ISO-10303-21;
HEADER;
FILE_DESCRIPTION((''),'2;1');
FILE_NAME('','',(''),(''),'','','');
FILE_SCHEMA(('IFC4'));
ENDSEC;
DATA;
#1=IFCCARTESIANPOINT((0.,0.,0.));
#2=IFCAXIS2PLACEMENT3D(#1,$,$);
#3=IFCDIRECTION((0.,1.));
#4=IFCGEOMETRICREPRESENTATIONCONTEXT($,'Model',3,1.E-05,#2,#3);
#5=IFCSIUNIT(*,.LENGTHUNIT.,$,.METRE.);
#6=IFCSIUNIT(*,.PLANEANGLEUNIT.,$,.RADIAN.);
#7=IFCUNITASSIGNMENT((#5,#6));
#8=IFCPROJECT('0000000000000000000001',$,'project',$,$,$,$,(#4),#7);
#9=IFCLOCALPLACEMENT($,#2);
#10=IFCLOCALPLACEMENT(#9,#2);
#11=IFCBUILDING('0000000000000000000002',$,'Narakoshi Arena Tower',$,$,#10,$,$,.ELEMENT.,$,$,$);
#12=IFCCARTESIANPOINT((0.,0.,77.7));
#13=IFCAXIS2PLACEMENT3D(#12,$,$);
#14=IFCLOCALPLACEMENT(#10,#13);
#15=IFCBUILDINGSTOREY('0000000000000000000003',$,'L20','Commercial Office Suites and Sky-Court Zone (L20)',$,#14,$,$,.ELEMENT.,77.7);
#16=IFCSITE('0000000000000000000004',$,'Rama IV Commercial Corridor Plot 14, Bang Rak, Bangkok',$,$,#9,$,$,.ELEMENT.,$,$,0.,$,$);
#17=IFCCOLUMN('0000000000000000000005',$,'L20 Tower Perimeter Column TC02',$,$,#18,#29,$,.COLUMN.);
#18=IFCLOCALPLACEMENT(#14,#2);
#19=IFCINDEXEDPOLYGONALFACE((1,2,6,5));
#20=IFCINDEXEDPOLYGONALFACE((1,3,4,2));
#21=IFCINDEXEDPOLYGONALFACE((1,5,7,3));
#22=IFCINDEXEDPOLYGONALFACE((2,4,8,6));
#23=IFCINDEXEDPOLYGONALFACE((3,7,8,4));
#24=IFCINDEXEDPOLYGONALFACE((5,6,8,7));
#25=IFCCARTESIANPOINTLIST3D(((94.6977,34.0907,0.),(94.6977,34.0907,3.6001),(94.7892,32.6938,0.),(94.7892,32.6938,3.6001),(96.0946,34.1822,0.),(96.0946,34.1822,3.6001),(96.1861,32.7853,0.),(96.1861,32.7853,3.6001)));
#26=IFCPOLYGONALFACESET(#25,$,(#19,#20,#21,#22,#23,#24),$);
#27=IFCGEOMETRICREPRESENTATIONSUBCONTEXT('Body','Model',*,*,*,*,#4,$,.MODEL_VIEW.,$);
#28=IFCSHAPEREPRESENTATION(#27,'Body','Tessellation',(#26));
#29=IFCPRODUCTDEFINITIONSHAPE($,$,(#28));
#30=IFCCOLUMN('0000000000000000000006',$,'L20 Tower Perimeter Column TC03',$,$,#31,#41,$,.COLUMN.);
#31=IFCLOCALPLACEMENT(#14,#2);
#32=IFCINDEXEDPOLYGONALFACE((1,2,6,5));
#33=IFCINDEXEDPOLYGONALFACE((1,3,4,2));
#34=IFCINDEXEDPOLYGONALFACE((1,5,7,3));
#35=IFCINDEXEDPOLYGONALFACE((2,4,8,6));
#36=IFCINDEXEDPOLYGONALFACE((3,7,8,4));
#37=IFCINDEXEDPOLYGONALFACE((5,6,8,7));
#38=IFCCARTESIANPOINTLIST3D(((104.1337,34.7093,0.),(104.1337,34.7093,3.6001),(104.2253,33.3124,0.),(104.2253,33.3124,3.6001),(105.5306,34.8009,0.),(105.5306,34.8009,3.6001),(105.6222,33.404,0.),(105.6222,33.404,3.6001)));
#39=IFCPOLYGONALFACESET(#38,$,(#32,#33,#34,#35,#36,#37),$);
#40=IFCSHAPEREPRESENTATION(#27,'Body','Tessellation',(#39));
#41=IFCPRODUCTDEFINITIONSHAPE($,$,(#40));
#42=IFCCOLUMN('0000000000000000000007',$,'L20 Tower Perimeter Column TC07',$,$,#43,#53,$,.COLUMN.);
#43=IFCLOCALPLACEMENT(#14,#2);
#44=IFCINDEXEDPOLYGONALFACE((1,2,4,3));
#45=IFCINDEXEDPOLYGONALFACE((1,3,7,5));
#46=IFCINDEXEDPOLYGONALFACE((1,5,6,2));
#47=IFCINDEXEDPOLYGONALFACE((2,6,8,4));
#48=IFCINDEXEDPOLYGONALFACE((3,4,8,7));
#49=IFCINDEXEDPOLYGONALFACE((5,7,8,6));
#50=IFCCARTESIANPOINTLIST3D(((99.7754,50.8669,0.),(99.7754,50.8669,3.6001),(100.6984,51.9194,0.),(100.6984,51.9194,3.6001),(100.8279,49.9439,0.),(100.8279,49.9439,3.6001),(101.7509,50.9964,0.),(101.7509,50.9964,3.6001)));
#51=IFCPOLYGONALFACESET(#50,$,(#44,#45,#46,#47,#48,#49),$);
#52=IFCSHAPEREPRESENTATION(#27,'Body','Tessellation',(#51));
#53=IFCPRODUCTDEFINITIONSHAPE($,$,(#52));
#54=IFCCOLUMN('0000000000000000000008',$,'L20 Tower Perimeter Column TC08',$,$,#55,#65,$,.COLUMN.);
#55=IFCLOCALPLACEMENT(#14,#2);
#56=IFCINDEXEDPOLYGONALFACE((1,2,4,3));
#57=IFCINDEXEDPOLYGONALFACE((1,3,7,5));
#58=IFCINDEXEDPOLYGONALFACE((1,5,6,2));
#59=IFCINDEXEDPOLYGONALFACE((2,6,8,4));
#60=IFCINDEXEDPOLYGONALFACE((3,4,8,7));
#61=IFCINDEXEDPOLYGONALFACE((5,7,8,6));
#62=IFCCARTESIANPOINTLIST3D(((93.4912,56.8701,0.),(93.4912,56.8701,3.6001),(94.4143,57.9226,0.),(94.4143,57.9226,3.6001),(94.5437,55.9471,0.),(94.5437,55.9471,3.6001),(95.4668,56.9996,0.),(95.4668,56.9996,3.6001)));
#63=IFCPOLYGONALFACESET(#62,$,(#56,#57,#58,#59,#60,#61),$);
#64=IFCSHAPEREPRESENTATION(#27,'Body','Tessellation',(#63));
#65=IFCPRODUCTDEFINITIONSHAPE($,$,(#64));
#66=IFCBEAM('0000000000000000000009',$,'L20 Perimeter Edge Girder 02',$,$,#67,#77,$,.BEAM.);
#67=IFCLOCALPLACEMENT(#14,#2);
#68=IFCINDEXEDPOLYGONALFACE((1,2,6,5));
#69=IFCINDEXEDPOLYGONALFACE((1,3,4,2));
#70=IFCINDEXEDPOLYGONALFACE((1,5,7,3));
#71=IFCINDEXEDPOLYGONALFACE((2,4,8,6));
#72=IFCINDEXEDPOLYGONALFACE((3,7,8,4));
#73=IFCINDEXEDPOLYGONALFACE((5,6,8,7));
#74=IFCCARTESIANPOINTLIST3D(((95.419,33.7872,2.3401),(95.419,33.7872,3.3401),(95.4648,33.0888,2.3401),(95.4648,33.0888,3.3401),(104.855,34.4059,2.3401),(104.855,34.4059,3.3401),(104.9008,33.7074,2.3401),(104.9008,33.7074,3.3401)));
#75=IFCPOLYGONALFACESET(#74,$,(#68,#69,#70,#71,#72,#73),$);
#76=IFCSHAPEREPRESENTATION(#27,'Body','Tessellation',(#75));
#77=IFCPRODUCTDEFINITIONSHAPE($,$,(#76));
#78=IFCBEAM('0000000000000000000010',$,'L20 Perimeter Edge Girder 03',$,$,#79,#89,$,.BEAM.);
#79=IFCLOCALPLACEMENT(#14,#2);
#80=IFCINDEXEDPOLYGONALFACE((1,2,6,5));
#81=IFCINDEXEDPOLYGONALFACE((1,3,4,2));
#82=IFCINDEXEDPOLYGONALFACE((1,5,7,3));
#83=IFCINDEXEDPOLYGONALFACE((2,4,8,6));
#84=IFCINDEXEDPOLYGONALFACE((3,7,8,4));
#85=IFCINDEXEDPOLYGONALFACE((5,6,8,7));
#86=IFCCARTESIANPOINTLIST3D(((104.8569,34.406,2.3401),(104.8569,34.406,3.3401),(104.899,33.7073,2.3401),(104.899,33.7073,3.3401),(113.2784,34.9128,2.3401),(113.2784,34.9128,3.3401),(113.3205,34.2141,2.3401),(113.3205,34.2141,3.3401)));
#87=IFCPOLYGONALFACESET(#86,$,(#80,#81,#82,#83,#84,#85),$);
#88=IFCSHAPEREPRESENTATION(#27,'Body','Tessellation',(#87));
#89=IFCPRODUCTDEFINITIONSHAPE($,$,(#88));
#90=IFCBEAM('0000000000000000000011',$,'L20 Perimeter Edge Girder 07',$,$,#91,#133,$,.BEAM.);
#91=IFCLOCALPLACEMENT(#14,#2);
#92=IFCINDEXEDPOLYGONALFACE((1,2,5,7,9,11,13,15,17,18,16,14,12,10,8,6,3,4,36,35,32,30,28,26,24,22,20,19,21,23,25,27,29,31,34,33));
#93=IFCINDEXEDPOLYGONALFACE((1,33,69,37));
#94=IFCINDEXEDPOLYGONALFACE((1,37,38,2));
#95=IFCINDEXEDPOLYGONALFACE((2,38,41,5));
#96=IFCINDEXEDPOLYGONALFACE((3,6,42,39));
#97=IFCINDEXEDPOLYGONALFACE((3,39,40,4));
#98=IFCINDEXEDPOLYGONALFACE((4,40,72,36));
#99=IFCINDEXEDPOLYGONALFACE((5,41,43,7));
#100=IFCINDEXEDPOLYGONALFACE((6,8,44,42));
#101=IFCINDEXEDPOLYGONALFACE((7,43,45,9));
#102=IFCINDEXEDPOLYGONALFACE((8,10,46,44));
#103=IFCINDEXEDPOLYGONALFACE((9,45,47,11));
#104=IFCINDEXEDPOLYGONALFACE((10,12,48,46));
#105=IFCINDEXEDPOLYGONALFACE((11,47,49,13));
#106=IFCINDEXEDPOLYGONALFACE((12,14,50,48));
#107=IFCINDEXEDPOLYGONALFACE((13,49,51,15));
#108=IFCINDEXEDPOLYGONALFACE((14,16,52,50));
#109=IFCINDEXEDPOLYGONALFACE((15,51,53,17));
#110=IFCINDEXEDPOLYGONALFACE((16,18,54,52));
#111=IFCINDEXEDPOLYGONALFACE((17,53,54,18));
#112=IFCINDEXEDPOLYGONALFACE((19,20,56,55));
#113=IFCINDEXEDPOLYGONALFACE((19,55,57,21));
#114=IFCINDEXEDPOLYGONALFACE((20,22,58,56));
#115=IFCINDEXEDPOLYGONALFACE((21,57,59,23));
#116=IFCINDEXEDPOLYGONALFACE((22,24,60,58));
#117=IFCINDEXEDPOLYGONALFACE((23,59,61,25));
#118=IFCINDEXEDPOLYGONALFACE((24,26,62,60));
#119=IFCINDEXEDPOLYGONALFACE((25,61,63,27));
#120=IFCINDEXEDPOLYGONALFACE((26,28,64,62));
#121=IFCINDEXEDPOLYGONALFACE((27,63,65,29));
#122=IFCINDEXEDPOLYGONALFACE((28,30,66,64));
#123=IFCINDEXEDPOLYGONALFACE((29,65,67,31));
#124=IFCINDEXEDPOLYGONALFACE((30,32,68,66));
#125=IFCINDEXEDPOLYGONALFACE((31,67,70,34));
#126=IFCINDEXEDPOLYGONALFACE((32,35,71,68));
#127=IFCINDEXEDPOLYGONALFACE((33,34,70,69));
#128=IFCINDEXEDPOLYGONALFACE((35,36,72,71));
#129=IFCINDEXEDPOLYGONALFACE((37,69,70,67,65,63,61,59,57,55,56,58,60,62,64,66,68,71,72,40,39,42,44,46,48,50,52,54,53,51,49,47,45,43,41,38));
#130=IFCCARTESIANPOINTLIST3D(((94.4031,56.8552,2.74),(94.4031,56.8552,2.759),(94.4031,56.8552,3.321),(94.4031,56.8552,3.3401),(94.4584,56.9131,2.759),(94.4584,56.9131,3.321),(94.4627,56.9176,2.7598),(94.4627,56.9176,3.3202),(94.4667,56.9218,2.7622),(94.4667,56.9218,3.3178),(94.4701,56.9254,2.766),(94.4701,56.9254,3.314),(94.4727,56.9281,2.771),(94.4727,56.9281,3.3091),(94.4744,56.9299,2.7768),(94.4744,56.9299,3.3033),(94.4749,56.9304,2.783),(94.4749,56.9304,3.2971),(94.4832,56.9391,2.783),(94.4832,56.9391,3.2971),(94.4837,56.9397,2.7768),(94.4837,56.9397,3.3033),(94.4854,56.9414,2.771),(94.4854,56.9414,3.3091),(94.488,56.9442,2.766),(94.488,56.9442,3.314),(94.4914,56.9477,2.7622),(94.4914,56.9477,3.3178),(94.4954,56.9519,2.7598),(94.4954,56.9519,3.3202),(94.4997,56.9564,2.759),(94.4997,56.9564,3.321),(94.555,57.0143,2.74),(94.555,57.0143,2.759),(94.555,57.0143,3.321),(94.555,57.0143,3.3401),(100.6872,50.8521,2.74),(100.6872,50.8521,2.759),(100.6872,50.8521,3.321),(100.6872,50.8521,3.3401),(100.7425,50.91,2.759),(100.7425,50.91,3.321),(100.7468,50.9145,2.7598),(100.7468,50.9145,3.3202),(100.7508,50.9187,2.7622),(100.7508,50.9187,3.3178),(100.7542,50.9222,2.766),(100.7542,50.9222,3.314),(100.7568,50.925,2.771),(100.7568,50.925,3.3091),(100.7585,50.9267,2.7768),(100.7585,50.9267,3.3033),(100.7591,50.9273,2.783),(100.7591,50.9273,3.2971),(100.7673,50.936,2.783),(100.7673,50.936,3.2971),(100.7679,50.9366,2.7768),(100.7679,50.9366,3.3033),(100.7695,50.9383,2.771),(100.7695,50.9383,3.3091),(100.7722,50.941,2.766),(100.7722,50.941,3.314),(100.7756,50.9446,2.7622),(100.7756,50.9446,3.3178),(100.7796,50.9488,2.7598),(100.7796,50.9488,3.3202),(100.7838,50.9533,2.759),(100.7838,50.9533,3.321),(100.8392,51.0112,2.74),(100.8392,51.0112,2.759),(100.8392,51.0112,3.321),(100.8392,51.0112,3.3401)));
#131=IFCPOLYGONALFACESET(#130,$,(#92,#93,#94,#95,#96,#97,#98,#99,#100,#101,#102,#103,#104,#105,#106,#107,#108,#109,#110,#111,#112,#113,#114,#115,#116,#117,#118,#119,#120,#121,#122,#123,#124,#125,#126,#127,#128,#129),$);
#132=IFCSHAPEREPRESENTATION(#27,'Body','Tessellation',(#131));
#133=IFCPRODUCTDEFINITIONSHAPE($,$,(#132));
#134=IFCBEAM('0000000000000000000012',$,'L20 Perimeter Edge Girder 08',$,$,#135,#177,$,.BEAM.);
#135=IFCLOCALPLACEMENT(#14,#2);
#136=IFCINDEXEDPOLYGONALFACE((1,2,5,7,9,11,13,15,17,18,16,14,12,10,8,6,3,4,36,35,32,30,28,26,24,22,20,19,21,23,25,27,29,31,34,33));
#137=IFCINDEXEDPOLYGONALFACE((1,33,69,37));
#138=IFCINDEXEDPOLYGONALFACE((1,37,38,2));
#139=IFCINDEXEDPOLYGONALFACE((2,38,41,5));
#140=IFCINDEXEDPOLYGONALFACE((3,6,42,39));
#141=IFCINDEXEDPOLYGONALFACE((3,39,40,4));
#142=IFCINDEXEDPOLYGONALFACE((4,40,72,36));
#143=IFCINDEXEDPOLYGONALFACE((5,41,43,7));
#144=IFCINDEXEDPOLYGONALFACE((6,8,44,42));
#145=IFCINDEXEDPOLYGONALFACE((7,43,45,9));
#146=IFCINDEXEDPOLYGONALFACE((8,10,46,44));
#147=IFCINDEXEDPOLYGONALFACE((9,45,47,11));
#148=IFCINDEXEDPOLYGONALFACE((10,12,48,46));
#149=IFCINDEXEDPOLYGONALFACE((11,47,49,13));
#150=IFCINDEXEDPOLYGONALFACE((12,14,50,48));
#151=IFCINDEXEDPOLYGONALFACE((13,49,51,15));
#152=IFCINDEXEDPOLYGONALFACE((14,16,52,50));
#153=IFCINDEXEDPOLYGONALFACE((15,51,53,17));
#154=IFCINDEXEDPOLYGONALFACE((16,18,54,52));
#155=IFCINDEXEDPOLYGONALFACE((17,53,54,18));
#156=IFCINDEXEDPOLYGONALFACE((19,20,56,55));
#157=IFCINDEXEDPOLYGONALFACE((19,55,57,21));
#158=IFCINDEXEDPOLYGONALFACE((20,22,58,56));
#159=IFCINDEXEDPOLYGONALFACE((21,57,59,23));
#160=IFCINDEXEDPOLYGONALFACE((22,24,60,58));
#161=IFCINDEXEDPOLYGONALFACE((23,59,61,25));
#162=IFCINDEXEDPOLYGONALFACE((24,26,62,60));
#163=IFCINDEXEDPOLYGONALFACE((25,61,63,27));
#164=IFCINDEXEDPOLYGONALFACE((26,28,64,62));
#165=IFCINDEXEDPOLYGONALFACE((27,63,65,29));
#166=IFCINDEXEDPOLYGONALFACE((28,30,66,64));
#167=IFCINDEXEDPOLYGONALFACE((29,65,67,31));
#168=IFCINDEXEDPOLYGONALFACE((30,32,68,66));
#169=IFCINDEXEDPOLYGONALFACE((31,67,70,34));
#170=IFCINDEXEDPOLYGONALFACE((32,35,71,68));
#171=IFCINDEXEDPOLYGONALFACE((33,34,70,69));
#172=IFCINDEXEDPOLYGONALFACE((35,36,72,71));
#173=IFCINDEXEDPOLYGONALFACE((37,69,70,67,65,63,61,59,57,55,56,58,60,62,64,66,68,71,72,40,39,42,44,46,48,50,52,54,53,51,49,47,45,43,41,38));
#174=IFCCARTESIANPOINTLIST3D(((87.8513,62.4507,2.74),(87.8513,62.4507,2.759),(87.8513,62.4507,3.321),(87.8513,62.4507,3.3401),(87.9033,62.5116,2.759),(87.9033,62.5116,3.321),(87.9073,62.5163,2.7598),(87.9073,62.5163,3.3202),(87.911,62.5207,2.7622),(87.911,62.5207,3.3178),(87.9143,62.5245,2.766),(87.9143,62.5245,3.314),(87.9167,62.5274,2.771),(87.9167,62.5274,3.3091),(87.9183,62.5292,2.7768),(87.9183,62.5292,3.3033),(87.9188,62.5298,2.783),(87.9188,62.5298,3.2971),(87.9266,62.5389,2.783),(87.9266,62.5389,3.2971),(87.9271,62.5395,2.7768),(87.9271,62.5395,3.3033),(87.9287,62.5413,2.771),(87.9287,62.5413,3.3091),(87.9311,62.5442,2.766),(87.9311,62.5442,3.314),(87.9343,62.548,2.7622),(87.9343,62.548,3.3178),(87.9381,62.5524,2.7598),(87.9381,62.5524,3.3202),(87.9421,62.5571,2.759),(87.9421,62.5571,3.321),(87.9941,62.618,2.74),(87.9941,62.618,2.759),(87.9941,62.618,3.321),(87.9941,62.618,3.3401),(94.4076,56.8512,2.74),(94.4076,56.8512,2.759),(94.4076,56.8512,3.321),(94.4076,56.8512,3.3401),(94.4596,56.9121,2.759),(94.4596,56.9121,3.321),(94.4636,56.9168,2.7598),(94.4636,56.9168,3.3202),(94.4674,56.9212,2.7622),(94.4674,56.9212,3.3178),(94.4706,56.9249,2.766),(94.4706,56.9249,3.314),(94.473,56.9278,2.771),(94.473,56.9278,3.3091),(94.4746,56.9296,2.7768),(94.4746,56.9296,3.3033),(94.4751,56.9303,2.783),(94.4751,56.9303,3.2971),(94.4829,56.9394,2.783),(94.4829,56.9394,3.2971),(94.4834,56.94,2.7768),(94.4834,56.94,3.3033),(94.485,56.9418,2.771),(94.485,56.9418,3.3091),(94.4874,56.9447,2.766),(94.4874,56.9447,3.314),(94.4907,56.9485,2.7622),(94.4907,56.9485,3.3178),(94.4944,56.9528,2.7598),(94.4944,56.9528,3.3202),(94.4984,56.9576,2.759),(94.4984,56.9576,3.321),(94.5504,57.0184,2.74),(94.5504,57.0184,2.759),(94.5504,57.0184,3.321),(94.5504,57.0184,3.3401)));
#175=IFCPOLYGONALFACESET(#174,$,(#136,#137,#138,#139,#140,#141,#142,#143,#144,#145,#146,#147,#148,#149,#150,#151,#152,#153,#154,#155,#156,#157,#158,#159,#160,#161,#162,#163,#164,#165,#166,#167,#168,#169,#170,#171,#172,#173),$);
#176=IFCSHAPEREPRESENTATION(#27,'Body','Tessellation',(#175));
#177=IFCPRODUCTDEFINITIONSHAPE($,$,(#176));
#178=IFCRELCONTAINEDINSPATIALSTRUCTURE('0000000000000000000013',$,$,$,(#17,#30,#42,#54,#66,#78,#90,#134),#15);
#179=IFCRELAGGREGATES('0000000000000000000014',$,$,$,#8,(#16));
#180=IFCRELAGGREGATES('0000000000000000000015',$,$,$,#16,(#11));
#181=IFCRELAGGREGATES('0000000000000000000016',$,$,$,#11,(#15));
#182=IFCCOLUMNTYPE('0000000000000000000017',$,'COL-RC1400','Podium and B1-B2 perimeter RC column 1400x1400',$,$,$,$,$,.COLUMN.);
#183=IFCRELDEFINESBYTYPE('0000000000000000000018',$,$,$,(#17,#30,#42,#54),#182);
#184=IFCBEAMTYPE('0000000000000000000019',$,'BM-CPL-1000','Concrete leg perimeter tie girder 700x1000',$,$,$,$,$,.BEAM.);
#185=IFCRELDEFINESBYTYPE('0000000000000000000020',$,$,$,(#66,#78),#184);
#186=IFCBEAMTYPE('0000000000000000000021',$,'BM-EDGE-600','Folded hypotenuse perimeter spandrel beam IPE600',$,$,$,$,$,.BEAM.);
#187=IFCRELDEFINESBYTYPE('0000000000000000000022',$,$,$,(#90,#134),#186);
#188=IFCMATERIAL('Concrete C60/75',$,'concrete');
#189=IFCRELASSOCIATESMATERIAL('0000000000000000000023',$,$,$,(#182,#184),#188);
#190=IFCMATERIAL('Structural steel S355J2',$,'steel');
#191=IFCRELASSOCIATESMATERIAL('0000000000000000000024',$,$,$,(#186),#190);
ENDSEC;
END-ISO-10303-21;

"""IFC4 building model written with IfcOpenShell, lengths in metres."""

from ifc_helpers import new_model, si_unit, direction, frame, origin, origin_2d, place, context, subcontext, project, spatial, rectangle, i_section, extrude, material, material_profile, profile_set, type_object, element, save


model = new_model("IFC4")

# Units and contexts
model_context = context("Model", 3, precision=1e-05, world=origin(), true_north=direction((0.0, 1.0)))
body_context = subcontext(model_context, "Body", "Model", "MODEL_VIEW")
ifc_project = project(units=[si_unit("LENGTHUNIT", "METRE"), si_unit("PLANEANGLEUNIT", "RADIAN")], contexts=[model_context])

# Site, building, storey
site_placement = place(None, origin())
site = spatial("IfcSite", under=ifc_project, at=site_placement, Name="Rama IV Commercial Corridor Plot 14, Bang Rak, Bangkok", CompositionType="ELEMENT", RefElevation=0.0)
building_placement = place(site_placement, origin())
building = spatial("IfcBuilding", under=site, at=building_placement, Name="Narakoshi Arena Tower", CompositionType="ELEMENT")
storey_placement = place(building_placement, frame((0.0, 0.0, 77.7)))
storey = spatial("IfcBuildingStorey", under=building, at=storey_placement, Name="L20", Description="Commercial Office Suites and Sky-Court Zone (L20)", CompositionType="ELEMENT", Elevation=77.7)

# Columns
ifc_material_1 = material(Name="Concrete C60/75", Category="concrete")
ifc_material_profile_1 = material_profile(ifc_material_1, rectangle(XDim=1.3999, YDim=1.3999, at=origin_2d()), Name="RC1400x1400")
ifc_profile_set_1 = profile_set([ifc_material_profile_1], Name="Concrete C60/75")
column_type = type_object("IfcColumnType", Name="COL-RC1400", Description="Podium and B1-B2 perimeter RC column 1400x1400", PredefinedType="COLUMN", material=ifc_profile_set_1)
for number, where, z_axis, x_axis, name in (
    (1, (95.4419, 33.438, 0.0), (0.0, 0.0, 1.0), (0.997859, 0.065403, 0.0), "L20 Tower Perimeter Column TC02"),
    (2, (104.8779, 34.0566, 0.0), (0.0, 0.0, 1.0), (0.997859, 0.065403, 0.0), "L20 Tower Perimeter Column TC03"),
    (3, (100.7632, 50.9316, 0.0), (0.0, 0.0, 1.0), (0.659346, 0.75184, 0.0), "L20 Tower Perimeter Column TC07"),
    (4, (94.479, 56.9348, 0.0), (0.0, 0.0, 1.0), (0.659346, 0.75184, 0.0), "L20 Tower Perimeter Column TC08"),
):
    element("IfcColumn", number, at=place(storey_placement, frame(where, z_axis=z_axis, x_axis=x_axis)), inside=storey, type_object=column_type, Name=name, PredefinedType="COLUMN", context=body_context, shape_type="SweptSolid", body=[
        extrude(rectangle(XDim=1.3999, YDim=1.3999, at=origin_2d()), origin(), (0.0, 0.0, 1.0), 3.6001),
    ])

# Beams
ifc_material_profile_2 = material_profile(ifc_material_1, rectangle(XDim=0.7, YDim=1.0, at=origin_2d()), Name="RCB700x1000")
ifc_profile_set_2 = profile_set([ifc_material_profile_2], Name="Concrete C60/75")
beam_type_1 = type_object("IfcBeamType", Name="BM-CPL-1000", Description="Concrete leg perimeter tie girder 700x1000", PredefinedType="BEAM", material=ifc_profile_set_2)
beam_1_placement = place(storey_placement, frame((95.4419, 33.438, 2.8401), z_axis=(0.997858, 0.065422, 0.0), x_axis=(-0.065422, 0.997858, 0.0)))
element("IfcBeam", 5, at=beam_1_placement, inside=storey, type_object=beam_type_1, Name="L20 Perimeter Edge Girder 02", PredefinedType="BEAM", context=body_context, shape_type="SweptSolid", body=[
    extrude(rectangle(XDim=0.7, YDim=1.0, at=origin_2d()), origin(), (0.0, 0.0, 1.0), 9.4563),
])
beam_2_placement = place(storey_placement, frame((104.8779, 34.0566, 2.8401), z_axis=(0.998194, 0.060074, 0.0), x_axis=(-0.060074, 0.998194, 0.0)))
element("IfcBeam", 6, at=beam_2_placement, inside=storey, type_object=beam_type_1, Name="L20 Perimeter Edge Girder 03", PredefinedType="BEAM", context=body_context, shape_type="SweptSolid", body=[
    extrude(rectangle(XDim=0.7, YDim=1.0, at=origin_2d()), origin(), (0.0, 0.0, 1.0), 8.4368),
])
ifc_material_2 = material(Name="Structural steel S355J2", Category="steel")
ifc_material_profile_3 = material_profile(ifc_material_2, i_section(OverallWidth=0.22, OverallDepth=0.6001, WebThickness=0.012, FlangeThickness=0.019, FilletRadius=0.0239, at=origin_2d()), Name="IPE600")
ifc_profile_set_3 = profile_set([ifc_material_profile_3], Name="Structural steel S355J2")
beam_type_2 = type_object("IfcBeamType", Name="BM-EDGE-600", Description="Folded hypotenuse perimeter spandrel beam IPE600", PredefinedType="BEAM", material=ifc_profile_set_3)
beam_3_placement = place(storey_placement, frame((100.7632, 50.9316, 3.04), z_axis=(-0.723089, 0.690755, 0.0), x_axis=(-0.690755, -0.723089, 0.0)))
element("IfcBeam", 7, at=beam_3_placement, inside=storey, type_object=beam_type_2, Name="L20 Perimeter Edge Girder 07", PredefinedType="BEAM", context=body_context, shape_type="SweptSolid", body=[
    extrude(i_section(OverallWidth=0.22, OverallDepth=0.6001, WebThickness=0.012, FlangeThickness=0.019, FilletRadius=0.0239, at=origin_2d()), origin(), (0.0, 0.0, 1.0), 8.6907),
])
beam_4_placement = place(storey_placement, frame((94.479, 56.9348, 3.04), z_axis=(-0.760411, 0.649443, 0.0), x_axis=(-0.649443, -0.760411, 0.0)))
element("IfcBeam", 8, at=beam_4_placement, inside=storey, type_object=beam_type_2, Name="L20 Perimeter Edge Girder 08", PredefinedType="BEAM", context=body_context, shape_type="SweptSolid", body=[
    extrude(i_section(OverallWidth=0.22, OverallDepth=0.6001, WebThickness=0.012, FlangeThickness=0.019, FilletRadius=0.0239, at=origin_2d()), origin(), (0.0, 0.0, 1.0), 8.6221),
])

save(model, "model.ifc")
